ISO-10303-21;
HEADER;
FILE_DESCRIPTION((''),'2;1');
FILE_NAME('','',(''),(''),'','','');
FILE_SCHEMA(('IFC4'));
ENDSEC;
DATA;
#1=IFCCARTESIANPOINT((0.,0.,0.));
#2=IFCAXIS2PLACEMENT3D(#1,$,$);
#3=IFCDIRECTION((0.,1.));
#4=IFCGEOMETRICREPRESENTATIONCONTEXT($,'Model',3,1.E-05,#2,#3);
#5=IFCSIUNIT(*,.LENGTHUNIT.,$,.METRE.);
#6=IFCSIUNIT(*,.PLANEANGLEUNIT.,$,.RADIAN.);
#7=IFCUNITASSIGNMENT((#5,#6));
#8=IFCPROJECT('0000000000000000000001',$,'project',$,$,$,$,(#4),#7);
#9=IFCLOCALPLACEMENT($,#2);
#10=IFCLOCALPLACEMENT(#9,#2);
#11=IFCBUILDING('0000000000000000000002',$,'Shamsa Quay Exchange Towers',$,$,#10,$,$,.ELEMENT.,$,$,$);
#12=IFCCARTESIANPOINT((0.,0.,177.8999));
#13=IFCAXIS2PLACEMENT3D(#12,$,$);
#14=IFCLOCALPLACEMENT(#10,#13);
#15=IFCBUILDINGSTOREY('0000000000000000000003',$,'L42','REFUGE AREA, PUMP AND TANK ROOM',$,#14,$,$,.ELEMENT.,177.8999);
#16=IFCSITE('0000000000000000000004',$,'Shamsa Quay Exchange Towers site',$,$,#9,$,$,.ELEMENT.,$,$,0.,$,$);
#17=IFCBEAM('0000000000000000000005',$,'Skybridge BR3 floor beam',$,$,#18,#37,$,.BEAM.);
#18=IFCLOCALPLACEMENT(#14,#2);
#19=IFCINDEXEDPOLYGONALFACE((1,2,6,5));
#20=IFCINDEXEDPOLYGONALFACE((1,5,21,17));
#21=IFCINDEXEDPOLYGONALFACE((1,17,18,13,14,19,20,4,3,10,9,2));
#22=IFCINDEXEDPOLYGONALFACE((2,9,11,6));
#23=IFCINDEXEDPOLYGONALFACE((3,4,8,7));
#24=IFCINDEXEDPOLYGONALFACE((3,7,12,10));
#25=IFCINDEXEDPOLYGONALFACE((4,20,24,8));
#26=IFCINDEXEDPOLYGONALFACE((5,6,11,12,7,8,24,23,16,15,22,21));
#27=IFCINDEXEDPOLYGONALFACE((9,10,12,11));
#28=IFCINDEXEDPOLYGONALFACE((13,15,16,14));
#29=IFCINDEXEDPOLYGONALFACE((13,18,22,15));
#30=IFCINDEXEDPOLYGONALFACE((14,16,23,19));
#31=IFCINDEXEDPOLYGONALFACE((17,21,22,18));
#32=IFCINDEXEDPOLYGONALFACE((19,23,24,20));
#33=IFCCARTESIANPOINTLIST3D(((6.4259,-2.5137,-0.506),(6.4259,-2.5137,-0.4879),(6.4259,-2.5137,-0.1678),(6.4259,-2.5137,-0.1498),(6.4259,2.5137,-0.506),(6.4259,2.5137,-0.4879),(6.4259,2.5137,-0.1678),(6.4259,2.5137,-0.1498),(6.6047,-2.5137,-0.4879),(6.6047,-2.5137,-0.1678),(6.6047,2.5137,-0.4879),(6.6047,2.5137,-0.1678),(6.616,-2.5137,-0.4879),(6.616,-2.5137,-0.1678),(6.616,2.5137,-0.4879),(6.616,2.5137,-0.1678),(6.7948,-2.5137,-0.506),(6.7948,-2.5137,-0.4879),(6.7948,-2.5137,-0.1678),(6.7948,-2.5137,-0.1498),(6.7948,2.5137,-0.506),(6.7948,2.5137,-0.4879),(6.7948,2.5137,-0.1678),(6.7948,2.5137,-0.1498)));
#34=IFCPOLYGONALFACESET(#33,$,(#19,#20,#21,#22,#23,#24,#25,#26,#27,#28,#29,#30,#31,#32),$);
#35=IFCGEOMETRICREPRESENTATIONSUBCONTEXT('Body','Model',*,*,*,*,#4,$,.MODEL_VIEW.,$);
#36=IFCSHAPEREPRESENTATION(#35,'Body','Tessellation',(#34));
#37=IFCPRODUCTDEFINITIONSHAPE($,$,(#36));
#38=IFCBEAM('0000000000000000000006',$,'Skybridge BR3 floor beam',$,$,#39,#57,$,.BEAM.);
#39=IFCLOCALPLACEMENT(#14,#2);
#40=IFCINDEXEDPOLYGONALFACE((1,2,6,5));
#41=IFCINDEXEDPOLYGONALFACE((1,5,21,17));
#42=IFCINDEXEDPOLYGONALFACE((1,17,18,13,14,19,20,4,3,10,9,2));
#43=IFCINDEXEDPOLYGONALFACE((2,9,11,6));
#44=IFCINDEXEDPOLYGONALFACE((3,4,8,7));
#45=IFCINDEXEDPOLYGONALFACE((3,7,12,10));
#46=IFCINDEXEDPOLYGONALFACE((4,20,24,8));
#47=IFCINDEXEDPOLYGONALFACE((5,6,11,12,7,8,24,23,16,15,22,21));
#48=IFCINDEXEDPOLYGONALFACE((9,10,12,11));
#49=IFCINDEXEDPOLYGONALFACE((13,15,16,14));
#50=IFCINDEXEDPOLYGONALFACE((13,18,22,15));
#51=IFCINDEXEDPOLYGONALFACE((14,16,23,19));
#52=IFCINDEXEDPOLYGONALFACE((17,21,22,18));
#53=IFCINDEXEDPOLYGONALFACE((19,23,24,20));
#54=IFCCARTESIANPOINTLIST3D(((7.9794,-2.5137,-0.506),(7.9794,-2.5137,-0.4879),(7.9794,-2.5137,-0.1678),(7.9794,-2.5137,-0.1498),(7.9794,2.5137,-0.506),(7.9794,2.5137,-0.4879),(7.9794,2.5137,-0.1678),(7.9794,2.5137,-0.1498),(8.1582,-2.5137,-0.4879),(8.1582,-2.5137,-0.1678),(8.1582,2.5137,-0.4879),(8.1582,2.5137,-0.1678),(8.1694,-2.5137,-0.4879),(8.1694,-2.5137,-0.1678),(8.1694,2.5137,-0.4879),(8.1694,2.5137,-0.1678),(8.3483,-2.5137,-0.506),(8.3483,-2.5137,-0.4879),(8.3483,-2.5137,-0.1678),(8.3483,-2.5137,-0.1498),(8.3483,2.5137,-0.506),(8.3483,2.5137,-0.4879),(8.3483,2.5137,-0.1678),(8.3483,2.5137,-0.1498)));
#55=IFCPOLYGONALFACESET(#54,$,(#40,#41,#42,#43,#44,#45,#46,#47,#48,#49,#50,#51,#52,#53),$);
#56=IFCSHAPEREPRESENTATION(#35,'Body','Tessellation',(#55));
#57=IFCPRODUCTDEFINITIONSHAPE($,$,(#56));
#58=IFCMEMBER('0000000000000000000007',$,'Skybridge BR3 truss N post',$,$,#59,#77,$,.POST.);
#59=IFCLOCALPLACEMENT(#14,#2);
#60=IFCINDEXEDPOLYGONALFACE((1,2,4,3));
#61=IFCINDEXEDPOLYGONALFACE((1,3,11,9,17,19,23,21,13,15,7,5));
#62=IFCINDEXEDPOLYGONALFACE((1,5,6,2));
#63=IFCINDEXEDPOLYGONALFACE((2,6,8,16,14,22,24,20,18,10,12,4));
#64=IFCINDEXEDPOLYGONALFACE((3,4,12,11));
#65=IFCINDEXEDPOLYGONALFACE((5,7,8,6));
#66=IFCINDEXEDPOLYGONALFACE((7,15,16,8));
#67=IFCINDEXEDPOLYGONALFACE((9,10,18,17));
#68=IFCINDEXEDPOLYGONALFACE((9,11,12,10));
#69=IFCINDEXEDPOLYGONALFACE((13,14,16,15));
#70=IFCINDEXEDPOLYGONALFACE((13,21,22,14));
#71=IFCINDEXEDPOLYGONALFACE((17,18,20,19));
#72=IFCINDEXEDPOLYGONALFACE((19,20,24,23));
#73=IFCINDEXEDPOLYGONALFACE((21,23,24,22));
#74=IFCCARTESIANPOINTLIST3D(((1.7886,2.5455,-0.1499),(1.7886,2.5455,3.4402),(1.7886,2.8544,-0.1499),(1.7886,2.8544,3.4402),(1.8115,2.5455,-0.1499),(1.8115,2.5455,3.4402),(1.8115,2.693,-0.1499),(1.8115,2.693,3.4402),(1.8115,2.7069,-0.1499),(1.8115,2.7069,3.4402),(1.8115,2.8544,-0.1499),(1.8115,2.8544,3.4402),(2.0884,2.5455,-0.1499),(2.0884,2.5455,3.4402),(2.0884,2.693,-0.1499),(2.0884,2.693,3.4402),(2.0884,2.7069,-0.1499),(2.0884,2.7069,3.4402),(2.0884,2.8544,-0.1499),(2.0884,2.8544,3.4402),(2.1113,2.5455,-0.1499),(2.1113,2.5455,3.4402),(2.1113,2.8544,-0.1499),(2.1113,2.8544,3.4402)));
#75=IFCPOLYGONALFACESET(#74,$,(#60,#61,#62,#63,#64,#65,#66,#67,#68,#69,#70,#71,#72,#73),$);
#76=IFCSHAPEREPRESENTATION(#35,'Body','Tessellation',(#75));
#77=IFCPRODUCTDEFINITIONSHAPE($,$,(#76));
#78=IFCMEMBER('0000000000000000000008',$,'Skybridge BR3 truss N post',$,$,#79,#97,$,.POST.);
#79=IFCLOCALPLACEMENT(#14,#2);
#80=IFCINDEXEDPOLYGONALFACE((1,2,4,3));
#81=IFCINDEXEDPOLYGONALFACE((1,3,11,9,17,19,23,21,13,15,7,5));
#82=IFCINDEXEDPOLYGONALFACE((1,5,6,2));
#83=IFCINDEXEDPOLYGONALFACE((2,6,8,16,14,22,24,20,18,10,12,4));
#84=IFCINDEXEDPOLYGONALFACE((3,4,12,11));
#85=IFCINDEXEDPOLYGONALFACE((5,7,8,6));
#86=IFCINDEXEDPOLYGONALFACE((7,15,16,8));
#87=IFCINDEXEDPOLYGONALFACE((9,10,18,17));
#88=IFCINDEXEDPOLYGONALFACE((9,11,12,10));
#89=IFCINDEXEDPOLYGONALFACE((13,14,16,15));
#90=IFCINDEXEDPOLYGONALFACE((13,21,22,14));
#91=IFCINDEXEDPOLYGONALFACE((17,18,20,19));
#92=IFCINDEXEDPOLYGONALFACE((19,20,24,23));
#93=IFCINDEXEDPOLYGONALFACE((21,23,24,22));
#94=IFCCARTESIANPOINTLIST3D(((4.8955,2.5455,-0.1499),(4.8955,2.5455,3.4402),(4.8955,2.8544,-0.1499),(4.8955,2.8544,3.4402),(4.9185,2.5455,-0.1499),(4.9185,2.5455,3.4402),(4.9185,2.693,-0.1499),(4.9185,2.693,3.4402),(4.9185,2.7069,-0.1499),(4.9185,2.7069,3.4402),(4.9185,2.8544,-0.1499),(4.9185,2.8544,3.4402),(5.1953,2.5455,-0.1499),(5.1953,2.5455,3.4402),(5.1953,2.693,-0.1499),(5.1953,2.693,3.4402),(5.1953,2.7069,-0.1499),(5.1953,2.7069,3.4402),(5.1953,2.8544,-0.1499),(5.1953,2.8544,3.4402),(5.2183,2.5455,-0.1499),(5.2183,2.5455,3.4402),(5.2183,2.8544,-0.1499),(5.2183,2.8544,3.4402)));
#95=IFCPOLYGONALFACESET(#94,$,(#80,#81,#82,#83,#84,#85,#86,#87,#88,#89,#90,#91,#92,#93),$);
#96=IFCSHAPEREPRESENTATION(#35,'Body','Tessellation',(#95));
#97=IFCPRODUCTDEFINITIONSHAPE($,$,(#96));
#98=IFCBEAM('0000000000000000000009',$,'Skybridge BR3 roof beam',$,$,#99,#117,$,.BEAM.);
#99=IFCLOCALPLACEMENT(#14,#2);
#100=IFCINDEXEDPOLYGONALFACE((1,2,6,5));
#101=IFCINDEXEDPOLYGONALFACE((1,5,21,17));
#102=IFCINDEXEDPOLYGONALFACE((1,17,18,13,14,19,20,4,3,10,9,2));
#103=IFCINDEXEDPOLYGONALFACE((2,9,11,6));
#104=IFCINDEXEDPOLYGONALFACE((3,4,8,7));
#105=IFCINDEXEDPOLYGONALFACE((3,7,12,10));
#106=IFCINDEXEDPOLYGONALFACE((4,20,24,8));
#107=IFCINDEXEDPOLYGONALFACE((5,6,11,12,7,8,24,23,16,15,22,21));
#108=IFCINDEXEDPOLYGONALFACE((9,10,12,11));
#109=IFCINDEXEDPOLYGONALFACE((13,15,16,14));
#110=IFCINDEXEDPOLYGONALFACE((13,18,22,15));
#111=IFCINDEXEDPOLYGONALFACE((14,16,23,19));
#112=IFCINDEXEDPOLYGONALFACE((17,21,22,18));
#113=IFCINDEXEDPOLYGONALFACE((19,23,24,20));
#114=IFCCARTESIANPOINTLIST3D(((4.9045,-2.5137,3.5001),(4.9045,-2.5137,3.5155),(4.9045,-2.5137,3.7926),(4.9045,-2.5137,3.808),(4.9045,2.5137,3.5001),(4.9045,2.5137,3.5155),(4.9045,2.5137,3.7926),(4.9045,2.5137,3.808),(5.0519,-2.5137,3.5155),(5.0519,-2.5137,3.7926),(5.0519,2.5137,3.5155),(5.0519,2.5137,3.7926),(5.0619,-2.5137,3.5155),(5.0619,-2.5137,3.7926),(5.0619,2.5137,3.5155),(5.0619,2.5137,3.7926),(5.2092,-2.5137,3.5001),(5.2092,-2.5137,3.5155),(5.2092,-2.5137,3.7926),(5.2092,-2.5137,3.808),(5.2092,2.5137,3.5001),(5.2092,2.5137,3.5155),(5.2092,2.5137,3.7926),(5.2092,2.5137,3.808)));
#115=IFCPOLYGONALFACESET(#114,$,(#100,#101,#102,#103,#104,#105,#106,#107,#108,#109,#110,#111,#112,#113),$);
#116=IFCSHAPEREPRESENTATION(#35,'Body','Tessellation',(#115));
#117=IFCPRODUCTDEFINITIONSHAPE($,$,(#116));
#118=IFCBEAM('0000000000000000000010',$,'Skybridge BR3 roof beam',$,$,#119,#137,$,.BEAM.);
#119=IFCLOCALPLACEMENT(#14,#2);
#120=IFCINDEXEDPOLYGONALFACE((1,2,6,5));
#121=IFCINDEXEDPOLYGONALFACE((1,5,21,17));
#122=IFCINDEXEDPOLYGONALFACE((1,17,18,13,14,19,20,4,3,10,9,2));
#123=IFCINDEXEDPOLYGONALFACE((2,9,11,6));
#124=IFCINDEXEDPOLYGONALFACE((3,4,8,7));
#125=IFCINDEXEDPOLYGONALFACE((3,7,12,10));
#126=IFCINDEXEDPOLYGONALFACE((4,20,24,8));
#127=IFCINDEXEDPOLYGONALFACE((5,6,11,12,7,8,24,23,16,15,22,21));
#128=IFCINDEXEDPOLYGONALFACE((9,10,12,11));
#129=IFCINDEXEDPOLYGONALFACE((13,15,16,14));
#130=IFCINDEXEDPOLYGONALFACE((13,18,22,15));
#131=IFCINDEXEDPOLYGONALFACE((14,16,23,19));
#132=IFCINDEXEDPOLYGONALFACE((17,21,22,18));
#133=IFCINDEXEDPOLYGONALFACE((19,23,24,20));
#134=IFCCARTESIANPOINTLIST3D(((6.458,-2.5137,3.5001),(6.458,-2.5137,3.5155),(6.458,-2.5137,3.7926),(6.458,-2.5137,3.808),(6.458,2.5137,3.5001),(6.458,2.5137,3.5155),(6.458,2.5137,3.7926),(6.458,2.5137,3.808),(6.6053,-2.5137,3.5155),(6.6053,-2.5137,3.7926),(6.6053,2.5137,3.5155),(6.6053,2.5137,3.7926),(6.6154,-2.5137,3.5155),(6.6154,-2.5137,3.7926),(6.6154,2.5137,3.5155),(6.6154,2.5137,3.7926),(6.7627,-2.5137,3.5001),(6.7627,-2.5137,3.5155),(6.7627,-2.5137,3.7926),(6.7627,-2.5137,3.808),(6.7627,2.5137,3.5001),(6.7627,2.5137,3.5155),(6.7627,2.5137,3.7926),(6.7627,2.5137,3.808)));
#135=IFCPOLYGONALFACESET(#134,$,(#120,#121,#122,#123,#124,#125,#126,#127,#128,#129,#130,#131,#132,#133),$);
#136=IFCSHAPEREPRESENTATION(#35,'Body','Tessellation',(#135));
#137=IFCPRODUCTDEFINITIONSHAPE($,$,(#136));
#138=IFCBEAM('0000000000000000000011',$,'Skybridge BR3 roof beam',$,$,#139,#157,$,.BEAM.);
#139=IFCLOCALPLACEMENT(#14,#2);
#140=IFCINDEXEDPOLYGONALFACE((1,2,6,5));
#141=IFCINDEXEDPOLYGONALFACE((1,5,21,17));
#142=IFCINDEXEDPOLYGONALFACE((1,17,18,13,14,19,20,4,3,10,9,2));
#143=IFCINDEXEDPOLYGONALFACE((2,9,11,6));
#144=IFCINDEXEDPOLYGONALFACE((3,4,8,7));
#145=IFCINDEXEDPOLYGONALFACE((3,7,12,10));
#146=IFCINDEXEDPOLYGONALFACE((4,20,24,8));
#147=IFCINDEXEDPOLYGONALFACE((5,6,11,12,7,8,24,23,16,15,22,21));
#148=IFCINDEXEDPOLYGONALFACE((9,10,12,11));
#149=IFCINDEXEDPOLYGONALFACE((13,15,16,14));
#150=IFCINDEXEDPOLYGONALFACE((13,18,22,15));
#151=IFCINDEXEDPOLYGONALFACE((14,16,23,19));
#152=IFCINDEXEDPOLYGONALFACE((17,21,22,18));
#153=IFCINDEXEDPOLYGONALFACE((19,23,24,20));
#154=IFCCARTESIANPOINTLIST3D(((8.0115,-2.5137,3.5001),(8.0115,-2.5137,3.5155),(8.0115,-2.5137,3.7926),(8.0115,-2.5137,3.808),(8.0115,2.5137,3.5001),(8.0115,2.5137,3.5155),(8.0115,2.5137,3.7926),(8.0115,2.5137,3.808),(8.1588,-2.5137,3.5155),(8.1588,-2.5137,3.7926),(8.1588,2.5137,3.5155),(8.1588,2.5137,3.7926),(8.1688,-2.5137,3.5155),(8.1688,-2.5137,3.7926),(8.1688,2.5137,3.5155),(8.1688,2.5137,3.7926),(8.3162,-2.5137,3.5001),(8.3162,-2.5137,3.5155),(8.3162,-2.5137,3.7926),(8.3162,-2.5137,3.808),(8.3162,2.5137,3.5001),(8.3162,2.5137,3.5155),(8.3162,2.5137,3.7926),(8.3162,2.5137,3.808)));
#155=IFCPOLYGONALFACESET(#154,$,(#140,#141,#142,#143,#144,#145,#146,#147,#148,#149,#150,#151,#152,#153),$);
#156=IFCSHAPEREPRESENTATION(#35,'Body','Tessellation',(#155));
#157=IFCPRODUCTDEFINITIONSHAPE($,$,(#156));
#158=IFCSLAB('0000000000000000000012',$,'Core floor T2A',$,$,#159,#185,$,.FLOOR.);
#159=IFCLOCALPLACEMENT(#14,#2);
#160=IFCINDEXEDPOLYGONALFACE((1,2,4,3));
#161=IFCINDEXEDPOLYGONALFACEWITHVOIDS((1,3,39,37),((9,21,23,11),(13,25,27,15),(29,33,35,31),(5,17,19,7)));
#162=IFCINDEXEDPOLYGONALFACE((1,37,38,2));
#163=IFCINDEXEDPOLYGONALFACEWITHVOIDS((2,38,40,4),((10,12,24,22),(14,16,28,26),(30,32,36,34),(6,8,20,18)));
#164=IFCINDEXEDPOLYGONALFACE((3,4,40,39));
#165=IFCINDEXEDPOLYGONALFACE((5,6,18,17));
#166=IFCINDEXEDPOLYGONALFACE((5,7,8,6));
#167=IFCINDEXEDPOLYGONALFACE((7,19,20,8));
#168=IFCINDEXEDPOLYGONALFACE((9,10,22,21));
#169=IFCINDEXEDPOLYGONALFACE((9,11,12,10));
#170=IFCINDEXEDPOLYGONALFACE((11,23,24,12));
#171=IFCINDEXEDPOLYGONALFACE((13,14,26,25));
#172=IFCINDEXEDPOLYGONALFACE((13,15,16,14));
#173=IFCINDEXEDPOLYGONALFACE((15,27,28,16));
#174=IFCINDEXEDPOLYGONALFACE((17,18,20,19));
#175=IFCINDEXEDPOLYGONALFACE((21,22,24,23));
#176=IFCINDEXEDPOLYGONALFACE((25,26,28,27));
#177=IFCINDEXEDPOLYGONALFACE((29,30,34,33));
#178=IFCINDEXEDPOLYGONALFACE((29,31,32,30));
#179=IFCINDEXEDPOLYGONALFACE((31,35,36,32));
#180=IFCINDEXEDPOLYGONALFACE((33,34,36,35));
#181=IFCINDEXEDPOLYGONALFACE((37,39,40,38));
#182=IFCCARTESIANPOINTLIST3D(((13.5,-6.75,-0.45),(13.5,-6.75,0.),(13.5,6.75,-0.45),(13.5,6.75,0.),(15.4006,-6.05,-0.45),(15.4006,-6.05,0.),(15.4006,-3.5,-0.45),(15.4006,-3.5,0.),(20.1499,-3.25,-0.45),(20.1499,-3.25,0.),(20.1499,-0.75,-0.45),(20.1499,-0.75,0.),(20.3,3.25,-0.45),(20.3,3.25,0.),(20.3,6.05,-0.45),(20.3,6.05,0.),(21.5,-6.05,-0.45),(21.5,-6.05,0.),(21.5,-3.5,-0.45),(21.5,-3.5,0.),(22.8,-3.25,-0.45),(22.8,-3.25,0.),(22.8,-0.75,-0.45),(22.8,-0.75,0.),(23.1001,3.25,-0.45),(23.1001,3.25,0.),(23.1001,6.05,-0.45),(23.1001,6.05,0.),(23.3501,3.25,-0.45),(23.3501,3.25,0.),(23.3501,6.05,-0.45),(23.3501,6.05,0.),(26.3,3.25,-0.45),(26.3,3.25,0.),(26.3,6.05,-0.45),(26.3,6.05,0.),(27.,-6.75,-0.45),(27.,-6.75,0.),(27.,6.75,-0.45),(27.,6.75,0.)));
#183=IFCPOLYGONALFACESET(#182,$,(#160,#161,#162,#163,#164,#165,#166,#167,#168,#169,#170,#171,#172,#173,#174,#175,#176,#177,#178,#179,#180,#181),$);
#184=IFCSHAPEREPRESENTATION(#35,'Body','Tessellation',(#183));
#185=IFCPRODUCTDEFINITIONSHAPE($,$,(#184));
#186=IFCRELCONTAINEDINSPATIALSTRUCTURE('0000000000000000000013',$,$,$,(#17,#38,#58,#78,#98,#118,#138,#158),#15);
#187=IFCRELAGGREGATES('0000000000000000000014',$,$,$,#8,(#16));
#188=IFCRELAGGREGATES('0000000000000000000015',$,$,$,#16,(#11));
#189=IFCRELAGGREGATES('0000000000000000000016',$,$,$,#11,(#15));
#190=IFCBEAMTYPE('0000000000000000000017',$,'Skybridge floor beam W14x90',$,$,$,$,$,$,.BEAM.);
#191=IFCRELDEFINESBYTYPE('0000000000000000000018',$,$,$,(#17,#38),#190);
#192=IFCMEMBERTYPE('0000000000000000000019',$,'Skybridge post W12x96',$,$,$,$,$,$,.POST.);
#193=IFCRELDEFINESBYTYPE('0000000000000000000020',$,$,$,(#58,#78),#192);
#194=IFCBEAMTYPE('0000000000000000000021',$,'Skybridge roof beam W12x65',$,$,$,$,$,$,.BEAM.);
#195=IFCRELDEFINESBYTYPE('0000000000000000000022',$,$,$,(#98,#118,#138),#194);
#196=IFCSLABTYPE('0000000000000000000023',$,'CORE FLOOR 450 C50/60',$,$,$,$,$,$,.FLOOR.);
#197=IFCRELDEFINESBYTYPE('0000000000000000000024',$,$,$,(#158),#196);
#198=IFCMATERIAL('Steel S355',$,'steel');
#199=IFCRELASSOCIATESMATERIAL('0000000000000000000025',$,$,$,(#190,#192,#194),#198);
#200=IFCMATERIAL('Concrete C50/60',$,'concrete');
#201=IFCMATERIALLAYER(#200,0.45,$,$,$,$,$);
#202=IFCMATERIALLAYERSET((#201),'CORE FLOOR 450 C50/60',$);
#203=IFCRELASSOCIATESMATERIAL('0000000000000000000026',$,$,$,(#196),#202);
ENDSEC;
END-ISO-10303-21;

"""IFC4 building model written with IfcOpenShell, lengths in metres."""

from ifc_helpers import new_model, si_unit, direction, frame, origin, origin_2d, place, context, subcontext, project, spatial, polyline, i_section, outline, extrude, material, layer, layer_set, material_profile, profile_set, type_object, element, save


model = new_model("IFC4")

# Units and contexts
model_context = context("Model", 3, precision=1e-05, world=origin(), true_north=direction((0.0, 1.0)))
body_context = subcontext(model_context, "Body", "Model", "MODEL_VIEW")
ifc_project = project(units=[si_unit("LENGTHUNIT", "METRE"), si_unit("PLANEANGLEUNIT", "RADIAN")], contexts=[model_context])

# Site, building, storey
site_placement = place(None, origin())
site = spatial("IfcSite", under=ifc_project, at=site_placement, Name="Shamsa Quay Exchange Towers site", CompositionType="ELEMENT", RefElevation=0.0)
building_placement = place(site_placement, origin())
building = spatial("IfcBuilding", under=site, at=building_placement, Name="Shamsa Quay Exchange Towers", CompositionType="ELEMENT")
storey_placement = place(building_placement, frame((0.0, 0.0, 177.8999)))
storey = spatial("IfcBuildingStorey", under=building, at=storey_placement, Name="L42", Description="REFUGE AREA, PUMP AND TANK ROOM", CompositionType="ELEMENT", Elevation=177.8999)

# Shared definitions
ifc_material_1 = material(Name="Steel S355", Category="steel")

# Beams
ifc_material_profile_1 = material_profile(ifc_material_1, i_section(OverallWidth=0.3689, OverallDepth=0.3562, WebThickness=0.0112, FlangeThickness=0.0181, at=origin_2d()), Name="W14x90")
ifc_profile_set_1 = profile_set([ifc_material_profile_1], Name="Steel S355")
beam_type_1 = type_object("IfcBeamType", Name="Skybridge floor beam W14x90", PredefinedType="BEAM", material=ifc_profile_set_1)
for number, where, z_axis, x_axis, name in (
    (1, (6.6104, -2.5137, -0.3279), (0.0, 1.0, 0.0), (-1.0, 0.0, 0.0), "Skybridge BR3 floor beam"),
    (2, (8.1638, -2.5137, -0.3279), (0.0, 1.0, 0.0), (-1.0, 0.0, 0.0), "Skybridge BR3 floor beam"),
):
    element("IfcBeam", number, at=place(storey_placement, frame(where, z_axis=z_axis, x_axis=x_axis)), inside=storey, type_object=beam_type_1, Name=name, PredefinedType="BEAM", context=body_context, shape_type="SweptSolid", body=[
        extrude(i_section(OverallWidth=0.3689, OverallDepth=0.3562, WebThickness=0.0112, FlangeThickness=0.0181, at=origin_2d()), origin(), (0.0, 0.0, 1.0), 5.0273),
    ])

# Members
ifc_material_profile_2 = material_profile(ifc_material_1, i_section(OverallWidth=0.3088, OverallDepth=0.3228, WebThickness=0.0139, FlangeThickness=0.0229, at=origin_2d()), Name="W12x96")
ifc_profile_set_2 = profile_set([ifc_material_profile_2], Name="Steel S355")
member_type_1 = type_object("IfcMemberType", Name="Skybridge post W12x96", PredefinedType="POST", material=ifc_profile_set_2)
for number, where, z_axis, x_axis, name in (
    (3, (1.95, 2.7, -0.1499), (0.0, 0.0, 1.0), (0.0, 1.0, 0.0), "Skybridge BR3 truss N post"),
    (4, (5.0569, 2.7, -0.1499), (0.0, 0.0, 1.0), (0.0, 1.0, 0.0), "Skybridge BR3 truss N post"),
):
    element("IfcMember", number, at=place(storey_placement, frame(where, z_axis=z_axis, x_axis=x_axis)), inside=storey, type_object=member_type_1, Name=name, PredefinedType="POST", context=body_context, shape_type="SweptSolid", body=[
        extrude(i_section(OverallWidth=0.3088, OverallDepth=0.3228, WebThickness=0.0139, FlangeThickness=0.0229, at=origin_2d()), origin(), (0.0, 0.0, 1.0), 3.5901),
    ])

# Beams
ifc_material_profile_3 = material_profile(ifc_material_1, i_section(OverallWidth=0.3047, OverallDepth=0.3079, WebThickness=0.01, FlangeThickness=0.0154, at=origin_2d()), Name="W12x65")
ifc_profile_set_3 = profile_set([ifc_material_profile_3], Name="Steel S355")
beam_type_2 = type_object("IfcBeamType", Name="Skybridge roof beam W12x65", PredefinedType="BEAM", material=ifc_profile_set_3)
for number, where, z_axis, x_axis, name in (
    (5, (5.0569, -2.5137, 3.6541), (0.0, 1.0, 0.0), (-1.0, 0.0, 0.0), "Skybridge BR3 roof beam"),
    (6, (6.6104, -2.5137, 3.6541), (0.0, 1.0, 0.0), (-1.0, 0.0, 0.0), "Skybridge BR3 roof beam"),
    (7, (8.1638, -2.5137, 3.6541), (0.0, 1.0, 0.0), (-1.0, 0.0, 0.0), "Skybridge BR3 roof beam"),
):
    element("IfcBeam", number, at=place(storey_placement, frame(where, z_axis=z_axis, x_axis=x_axis)), inside=storey, type_object=beam_type_2, Name=name, PredefinedType="BEAM", context=body_context, shape_type="SweptSolid", body=[
        extrude(i_section(OverallWidth=0.3047, OverallDepth=0.3079, WebThickness=0.01, FlangeThickness=0.0154, at=origin_2d()), origin(), (0.0, 0.0, 1.0), 5.0273),
    ])

# Slab
ifc_material_2 = material(Name="Concrete C50/60", Category="concrete")
ifc_layer_1 = layer(ifc_material_2, 0.45)
ifc_layer_set_1 = layer_set([ifc_layer_1], Name="CORE FLOOR 450 C50/60")
slab_type_1 = type_object("IfcSlabType", Name="CORE FLOOR 450 C50/60", PredefinedType="FLOOR", material=ifc_layer_set_1)
slab_1_placement = place(storey_placement, frame((0.0, 0.0, -0.45)))
element("IfcSlab", 8, at=slab_1_placement, inside=storey, type_object=slab_type_1, Name="Core floor T2A", PredefinedType="FLOOR", context=body_context, shape_type="SweptSolid", body=[
    extrude(outline(polyline([(13.5, -6.75), (27.0, -6.75), (27.0, 6.75), (13.5, 6.75), (13.5, -6.75)]), holes=[polyline([(15.4006, -6.05), (15.4006, -3.5), (21.5, -3.5), (21.5, -6.05), (15.4006, -6.05)]), polyline([(20.3, 3.25), (20.3, 6.05), (23.1001, 6.05), (23.1001, 3.25), (20.3, 3.25)]), polyline([(23.3501, 3.25), (23.3501, 6.05), (26.3, 6.05), (26.3, 3.25), (23.3501, 3.25)]), polyline([(20.1499, -3.25), (20.1499, -0.75), (22.8, -0.75), (22.8, -3.25), (20.1499, -3.25)])]), origin(), (0.0, 0.0, 1.0), 0.45),
])

save(model, "model.ifc")
